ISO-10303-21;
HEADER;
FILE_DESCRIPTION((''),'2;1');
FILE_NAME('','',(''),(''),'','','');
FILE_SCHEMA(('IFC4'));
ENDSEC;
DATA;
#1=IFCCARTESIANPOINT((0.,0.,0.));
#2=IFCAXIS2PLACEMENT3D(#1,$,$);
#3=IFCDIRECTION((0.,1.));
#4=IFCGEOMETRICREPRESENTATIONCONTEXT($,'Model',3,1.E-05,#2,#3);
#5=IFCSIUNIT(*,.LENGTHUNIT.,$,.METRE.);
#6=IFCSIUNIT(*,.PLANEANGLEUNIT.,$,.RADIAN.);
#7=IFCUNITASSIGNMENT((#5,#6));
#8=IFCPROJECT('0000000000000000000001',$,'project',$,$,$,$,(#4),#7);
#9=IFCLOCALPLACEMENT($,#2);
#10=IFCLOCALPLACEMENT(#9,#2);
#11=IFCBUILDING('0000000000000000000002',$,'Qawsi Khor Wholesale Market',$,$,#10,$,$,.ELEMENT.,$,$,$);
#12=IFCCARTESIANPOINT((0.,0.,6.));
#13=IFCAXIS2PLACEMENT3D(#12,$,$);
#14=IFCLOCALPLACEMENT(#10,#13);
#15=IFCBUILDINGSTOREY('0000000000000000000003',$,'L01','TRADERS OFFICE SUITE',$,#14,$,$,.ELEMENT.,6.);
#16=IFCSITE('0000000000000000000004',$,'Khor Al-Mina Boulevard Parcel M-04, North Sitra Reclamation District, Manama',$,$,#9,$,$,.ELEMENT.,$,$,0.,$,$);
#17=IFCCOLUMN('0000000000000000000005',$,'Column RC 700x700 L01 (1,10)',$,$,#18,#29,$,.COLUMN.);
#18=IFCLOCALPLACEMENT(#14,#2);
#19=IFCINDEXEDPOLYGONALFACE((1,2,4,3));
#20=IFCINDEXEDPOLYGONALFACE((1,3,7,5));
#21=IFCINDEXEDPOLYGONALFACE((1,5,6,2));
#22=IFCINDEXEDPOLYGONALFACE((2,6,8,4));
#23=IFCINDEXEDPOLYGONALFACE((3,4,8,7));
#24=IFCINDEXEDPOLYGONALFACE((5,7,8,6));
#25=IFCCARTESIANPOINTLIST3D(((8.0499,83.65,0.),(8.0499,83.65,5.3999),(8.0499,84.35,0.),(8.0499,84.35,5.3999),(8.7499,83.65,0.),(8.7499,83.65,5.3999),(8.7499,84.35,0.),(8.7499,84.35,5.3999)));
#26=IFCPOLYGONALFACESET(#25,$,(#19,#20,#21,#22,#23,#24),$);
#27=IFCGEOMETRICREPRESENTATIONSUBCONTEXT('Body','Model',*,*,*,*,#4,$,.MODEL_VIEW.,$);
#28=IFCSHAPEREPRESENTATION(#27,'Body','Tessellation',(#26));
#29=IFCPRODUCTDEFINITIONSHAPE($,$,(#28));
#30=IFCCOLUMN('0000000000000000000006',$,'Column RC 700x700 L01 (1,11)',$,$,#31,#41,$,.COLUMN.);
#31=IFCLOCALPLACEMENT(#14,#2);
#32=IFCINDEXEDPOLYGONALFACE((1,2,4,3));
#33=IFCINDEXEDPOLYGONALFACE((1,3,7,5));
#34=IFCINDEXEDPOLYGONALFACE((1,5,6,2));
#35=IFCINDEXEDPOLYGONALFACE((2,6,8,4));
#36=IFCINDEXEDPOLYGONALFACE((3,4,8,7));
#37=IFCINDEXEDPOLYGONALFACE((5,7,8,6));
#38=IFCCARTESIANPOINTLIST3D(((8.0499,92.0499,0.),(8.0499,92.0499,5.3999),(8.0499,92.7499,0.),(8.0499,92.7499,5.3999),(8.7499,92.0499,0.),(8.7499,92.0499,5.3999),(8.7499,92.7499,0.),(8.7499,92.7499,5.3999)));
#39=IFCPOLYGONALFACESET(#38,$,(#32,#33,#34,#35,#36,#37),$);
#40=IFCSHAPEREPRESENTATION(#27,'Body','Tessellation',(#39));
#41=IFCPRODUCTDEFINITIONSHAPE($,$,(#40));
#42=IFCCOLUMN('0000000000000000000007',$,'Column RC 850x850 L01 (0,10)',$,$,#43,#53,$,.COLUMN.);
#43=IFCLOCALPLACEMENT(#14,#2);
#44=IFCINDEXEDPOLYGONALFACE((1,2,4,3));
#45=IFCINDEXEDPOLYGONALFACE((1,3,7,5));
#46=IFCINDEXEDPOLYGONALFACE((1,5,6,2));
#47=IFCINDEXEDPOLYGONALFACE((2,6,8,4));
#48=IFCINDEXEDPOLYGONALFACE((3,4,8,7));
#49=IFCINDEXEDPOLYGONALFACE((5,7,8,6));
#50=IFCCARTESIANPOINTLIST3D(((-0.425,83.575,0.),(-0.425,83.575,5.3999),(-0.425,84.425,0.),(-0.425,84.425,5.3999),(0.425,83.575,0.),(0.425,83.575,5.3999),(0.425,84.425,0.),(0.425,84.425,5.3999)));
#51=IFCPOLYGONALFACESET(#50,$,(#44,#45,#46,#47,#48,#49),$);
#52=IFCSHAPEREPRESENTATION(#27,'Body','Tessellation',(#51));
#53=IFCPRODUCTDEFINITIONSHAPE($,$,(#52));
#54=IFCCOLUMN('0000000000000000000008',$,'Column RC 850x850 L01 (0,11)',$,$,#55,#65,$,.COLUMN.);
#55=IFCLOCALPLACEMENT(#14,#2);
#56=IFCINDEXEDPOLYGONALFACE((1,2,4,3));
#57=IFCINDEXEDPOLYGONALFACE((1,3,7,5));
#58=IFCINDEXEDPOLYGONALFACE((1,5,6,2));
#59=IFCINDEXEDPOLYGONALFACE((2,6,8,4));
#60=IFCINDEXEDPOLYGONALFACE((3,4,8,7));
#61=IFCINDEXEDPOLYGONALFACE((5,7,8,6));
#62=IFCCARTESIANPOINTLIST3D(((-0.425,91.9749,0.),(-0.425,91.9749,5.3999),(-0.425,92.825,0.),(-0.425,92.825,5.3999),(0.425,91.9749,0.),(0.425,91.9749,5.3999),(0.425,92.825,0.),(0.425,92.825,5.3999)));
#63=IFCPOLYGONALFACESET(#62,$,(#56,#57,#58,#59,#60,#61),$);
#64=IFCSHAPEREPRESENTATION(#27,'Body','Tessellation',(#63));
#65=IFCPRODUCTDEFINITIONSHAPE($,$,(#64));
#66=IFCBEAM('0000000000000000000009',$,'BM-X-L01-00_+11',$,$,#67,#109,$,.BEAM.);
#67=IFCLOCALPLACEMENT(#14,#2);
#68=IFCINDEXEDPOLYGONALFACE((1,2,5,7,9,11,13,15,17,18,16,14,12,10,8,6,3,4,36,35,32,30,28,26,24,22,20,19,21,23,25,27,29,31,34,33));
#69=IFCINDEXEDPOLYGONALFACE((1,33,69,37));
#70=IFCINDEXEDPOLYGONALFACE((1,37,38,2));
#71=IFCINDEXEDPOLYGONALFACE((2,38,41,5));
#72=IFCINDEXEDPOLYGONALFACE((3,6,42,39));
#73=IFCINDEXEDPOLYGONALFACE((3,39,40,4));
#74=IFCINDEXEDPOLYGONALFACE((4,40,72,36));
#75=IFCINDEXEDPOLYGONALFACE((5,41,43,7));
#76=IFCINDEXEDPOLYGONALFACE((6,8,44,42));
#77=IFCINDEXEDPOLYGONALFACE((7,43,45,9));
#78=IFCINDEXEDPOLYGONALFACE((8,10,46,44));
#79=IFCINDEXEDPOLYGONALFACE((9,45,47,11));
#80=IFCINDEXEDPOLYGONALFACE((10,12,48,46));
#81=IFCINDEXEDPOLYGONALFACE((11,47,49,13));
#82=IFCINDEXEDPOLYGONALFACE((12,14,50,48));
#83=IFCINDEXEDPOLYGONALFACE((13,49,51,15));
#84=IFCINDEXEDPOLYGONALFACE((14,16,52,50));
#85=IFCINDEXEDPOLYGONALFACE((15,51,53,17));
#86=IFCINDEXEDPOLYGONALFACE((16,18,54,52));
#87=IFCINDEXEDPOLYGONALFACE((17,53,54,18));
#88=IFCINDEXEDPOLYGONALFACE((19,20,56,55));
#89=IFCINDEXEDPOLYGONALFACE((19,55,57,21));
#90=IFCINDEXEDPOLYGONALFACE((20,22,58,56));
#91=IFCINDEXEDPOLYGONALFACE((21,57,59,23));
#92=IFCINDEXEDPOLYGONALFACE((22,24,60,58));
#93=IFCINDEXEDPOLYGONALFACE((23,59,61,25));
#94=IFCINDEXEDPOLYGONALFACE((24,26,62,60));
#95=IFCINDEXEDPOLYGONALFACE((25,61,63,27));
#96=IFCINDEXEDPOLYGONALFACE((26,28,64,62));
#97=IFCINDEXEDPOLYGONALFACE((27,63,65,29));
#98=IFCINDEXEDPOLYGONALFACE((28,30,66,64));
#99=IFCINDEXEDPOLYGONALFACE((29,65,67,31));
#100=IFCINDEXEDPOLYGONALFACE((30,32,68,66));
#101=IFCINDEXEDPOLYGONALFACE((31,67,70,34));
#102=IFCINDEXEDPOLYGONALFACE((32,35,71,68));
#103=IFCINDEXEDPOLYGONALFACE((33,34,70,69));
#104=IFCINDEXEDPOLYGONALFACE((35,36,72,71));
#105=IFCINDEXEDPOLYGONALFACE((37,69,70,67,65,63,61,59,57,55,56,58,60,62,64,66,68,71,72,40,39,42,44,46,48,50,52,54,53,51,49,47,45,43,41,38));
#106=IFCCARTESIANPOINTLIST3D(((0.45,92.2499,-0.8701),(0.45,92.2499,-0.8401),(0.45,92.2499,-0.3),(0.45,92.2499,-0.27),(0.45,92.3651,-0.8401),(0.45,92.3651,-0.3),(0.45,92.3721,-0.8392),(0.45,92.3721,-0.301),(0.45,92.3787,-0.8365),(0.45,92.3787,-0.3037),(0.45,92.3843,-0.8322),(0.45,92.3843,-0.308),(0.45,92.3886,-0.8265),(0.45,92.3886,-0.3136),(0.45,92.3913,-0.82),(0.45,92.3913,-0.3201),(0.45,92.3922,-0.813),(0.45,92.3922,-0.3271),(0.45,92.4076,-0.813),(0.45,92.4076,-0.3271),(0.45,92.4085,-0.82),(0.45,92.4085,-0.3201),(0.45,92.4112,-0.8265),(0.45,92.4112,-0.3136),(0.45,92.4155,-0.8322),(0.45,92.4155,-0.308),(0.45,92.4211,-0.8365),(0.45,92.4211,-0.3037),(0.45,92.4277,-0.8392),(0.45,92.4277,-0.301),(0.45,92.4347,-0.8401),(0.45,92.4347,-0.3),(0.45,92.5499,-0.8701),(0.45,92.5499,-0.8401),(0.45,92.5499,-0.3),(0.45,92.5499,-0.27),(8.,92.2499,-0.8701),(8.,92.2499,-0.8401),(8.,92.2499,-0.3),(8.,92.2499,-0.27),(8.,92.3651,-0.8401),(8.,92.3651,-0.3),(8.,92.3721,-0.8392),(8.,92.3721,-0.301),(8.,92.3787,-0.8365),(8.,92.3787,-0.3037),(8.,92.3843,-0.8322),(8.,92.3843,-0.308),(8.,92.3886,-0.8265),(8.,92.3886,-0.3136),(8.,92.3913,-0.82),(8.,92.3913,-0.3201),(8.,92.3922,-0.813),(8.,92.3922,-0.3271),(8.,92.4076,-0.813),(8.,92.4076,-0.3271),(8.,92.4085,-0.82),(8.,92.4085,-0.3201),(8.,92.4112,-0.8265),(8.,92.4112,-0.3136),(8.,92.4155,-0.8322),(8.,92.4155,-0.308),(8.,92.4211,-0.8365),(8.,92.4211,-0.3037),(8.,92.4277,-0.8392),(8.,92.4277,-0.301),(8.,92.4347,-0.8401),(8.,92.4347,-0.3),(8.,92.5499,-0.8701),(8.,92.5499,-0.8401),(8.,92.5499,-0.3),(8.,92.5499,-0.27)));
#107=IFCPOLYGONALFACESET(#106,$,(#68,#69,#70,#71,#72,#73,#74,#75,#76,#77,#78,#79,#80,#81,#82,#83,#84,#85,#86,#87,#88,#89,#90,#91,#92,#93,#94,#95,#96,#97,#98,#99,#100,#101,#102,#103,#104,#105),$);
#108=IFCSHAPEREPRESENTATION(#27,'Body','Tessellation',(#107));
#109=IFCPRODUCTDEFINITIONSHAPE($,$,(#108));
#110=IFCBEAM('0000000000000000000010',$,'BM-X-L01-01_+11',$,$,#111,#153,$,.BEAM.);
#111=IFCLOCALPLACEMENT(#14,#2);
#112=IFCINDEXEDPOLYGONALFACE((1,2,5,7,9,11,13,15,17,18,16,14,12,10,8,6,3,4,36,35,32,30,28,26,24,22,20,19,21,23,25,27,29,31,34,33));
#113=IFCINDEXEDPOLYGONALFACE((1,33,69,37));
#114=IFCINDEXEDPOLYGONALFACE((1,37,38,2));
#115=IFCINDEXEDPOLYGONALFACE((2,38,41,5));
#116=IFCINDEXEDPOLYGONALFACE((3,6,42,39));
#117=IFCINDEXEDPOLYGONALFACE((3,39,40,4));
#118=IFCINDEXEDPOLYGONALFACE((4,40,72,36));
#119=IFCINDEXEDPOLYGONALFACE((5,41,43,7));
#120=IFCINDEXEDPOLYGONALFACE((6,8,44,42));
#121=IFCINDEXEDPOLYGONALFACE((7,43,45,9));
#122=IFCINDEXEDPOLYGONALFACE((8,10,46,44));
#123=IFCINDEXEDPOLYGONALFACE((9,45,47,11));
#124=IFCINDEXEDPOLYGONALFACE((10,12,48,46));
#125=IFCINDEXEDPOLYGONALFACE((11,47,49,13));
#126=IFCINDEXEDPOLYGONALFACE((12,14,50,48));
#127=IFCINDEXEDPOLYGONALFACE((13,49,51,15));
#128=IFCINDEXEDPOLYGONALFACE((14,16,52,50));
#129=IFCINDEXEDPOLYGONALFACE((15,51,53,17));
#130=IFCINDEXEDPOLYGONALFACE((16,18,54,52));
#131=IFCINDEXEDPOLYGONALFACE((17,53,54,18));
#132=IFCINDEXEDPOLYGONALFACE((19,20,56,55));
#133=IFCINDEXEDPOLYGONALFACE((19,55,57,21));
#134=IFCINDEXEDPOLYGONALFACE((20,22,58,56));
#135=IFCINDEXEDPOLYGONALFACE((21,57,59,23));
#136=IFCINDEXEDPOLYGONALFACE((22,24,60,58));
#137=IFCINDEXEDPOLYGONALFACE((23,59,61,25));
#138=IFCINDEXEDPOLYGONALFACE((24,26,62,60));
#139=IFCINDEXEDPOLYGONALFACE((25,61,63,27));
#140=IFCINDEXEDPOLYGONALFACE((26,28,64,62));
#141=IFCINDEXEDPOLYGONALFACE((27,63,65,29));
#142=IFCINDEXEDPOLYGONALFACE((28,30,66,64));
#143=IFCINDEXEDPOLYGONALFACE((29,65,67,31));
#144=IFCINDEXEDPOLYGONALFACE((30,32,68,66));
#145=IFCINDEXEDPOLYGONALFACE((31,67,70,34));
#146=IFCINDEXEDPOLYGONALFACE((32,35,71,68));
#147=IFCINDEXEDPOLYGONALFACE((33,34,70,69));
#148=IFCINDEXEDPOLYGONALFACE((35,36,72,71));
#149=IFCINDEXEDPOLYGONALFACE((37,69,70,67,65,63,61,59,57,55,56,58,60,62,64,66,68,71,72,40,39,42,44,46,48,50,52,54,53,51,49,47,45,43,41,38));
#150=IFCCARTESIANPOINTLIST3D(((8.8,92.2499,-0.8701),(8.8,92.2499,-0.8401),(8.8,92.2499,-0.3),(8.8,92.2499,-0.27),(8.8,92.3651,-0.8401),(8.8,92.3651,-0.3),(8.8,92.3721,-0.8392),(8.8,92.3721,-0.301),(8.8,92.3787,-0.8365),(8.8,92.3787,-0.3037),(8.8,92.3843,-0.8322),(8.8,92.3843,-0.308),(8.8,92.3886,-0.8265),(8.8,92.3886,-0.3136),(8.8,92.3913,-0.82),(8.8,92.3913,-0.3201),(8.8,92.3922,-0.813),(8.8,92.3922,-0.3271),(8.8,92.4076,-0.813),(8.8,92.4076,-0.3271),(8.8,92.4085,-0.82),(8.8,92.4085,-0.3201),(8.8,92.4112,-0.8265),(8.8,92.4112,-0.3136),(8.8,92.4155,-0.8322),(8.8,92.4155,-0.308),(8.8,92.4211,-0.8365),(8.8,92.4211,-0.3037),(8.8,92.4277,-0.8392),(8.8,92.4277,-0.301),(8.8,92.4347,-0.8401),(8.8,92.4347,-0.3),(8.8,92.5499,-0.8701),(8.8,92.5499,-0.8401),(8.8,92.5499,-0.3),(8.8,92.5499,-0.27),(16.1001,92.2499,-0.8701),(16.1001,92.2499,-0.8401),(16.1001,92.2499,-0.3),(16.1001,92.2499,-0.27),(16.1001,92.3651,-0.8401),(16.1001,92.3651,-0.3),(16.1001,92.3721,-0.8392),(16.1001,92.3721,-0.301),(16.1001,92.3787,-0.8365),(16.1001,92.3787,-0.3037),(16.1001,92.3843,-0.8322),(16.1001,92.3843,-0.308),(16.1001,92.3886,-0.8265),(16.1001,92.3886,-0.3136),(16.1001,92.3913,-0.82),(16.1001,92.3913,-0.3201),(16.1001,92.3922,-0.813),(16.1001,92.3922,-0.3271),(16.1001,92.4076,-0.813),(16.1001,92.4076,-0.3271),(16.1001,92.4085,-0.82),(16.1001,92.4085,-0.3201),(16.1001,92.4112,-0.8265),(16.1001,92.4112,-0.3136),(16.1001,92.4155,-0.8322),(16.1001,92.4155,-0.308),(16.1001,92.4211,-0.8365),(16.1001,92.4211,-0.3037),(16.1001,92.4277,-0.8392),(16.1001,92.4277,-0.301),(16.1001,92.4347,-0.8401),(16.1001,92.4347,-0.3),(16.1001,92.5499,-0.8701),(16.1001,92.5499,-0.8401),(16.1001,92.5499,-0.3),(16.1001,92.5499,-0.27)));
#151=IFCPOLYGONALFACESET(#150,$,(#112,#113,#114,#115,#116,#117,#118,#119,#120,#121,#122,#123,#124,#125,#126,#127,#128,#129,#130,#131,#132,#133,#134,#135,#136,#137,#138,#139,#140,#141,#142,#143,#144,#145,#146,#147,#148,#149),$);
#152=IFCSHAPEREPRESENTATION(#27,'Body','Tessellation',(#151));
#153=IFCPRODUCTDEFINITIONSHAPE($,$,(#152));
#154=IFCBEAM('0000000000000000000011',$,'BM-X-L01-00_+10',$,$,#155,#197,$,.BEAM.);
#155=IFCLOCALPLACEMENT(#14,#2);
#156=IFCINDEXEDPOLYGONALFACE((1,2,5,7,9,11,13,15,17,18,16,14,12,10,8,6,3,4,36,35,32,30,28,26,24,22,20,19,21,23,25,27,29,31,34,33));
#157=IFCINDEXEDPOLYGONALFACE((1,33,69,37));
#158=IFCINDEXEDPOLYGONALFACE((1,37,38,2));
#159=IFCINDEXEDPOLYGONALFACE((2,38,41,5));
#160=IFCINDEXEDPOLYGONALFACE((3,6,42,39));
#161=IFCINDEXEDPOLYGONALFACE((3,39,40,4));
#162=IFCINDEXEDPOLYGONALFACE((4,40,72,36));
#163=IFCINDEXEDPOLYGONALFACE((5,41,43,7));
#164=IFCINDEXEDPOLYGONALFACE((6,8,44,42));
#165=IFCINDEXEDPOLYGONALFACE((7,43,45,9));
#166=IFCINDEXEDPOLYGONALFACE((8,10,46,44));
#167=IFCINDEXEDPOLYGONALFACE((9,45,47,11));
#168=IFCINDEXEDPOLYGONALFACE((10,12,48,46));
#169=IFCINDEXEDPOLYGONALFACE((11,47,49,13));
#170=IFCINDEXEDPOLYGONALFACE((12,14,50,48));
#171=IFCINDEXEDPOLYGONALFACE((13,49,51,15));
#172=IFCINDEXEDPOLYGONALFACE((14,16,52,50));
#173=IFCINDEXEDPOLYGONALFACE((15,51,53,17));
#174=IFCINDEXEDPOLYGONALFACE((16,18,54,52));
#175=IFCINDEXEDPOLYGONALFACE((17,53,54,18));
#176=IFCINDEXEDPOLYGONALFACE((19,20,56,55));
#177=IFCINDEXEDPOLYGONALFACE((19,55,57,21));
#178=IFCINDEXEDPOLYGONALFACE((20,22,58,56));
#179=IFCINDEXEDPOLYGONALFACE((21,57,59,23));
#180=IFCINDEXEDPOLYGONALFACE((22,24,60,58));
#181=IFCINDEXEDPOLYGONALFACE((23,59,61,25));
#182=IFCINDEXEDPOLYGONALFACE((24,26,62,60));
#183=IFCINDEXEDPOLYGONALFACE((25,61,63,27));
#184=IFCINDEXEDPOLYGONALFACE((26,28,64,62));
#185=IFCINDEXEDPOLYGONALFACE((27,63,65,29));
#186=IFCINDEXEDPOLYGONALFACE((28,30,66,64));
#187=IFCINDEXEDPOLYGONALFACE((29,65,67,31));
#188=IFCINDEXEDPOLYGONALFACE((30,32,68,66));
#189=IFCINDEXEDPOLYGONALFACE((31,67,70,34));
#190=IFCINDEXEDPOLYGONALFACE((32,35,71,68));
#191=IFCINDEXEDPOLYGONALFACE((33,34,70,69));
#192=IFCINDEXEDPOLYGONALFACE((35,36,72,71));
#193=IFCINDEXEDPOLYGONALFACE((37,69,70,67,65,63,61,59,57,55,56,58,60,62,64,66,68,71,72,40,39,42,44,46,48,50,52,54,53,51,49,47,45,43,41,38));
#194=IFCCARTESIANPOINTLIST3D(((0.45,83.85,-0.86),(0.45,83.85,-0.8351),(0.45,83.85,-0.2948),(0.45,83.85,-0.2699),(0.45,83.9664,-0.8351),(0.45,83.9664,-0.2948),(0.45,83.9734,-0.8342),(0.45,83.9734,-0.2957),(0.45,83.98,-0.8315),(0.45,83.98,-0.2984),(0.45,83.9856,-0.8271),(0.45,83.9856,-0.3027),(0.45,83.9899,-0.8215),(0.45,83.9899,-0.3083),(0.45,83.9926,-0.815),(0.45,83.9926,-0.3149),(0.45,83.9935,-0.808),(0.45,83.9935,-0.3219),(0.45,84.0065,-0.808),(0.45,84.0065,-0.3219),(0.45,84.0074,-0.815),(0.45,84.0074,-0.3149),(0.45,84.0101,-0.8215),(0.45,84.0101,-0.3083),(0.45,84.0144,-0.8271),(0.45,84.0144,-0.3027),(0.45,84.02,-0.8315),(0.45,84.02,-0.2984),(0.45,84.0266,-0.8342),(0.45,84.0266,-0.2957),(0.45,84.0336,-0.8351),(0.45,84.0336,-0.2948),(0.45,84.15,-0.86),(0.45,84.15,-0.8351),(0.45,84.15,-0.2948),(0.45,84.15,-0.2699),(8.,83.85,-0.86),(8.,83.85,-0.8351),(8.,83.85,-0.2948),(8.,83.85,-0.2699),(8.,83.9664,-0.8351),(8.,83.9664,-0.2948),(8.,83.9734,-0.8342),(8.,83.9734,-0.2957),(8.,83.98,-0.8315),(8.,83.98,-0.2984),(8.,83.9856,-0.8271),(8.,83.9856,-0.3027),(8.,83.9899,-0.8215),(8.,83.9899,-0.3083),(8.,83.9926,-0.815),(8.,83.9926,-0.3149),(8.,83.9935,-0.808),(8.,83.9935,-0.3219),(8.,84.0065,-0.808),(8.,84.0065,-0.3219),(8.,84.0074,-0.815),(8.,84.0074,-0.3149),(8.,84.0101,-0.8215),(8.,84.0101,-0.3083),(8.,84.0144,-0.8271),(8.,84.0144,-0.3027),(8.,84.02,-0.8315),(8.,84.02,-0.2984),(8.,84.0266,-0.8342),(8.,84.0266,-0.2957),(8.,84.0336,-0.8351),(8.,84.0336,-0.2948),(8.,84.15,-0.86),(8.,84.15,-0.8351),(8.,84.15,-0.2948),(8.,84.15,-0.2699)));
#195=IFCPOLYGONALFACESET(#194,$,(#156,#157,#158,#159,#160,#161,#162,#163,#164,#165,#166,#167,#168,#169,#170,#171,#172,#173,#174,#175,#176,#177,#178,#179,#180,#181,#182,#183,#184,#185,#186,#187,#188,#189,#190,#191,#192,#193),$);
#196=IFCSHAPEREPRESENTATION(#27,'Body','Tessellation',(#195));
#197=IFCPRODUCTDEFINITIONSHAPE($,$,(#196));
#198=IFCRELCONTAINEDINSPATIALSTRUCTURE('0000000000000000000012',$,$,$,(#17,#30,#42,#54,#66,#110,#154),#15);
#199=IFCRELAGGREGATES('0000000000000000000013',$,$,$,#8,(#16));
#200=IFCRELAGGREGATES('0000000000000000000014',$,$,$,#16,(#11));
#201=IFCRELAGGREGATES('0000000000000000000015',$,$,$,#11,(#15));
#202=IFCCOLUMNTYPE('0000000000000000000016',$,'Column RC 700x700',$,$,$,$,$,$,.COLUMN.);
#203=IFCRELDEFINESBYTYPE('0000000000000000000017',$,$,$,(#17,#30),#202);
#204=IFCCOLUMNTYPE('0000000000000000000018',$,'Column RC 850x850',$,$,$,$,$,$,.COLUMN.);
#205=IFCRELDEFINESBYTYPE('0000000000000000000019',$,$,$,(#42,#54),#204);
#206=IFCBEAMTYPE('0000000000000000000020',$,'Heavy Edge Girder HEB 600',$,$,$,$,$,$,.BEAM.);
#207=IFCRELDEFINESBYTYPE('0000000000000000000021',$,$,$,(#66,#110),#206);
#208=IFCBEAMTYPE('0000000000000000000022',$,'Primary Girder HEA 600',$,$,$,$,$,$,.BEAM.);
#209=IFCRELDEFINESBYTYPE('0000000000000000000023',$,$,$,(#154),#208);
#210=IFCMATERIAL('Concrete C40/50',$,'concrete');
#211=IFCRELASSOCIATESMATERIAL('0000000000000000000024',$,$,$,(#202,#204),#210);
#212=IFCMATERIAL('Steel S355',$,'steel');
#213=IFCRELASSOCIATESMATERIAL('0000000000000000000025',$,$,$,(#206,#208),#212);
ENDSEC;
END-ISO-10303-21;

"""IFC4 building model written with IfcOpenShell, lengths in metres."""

from ifc_helpers import new_model, si_unit, direction, frame, origin, origin_2d, place, context, subcontext, project, spatial, rectangle, i_section, extrude, material, material_profile, profile_set, type_object, element, save


model = new_model("IFC4")

# Units and contexts
model_context = context("Model", 3, precision=1e-05, world=origin(), true_north=direction((0.0, 1.0)))
body_context = subcontext(model_context, "Body", "Model", "MODEL_VIEW")
ifc_project = project(units=[si_unit("LENGTHUNIT", "METRE"), si_unit("PLANEANGLEUNIT", "RADIAN")], contexts=[model_context])

# Site, building, storey
site_placement = place(None, origin())
site = spatial("IfcSite", under=ifc_project, at=site_placement, Name="Khor Al-Mina Boulevard Parcel M-04, North Sitra Reclamation District, Manama", CompositionType="ELEMENT", RefElevation=0.0)
building_placement = place(site_placement, origin())
building = spatial("IfcBuilding", under=site, at=building_placement, Name="Qawsi Khor Wholesale Market", CompositionType="ELEMENT")
storey_placement = place(building_placement, frame((0.0, 0.0, 6.0)))
storey = spatial("IfcBuildingStorey", under=building, at=storey_placement, Name="L01", Description="TRADERS OFFICE SUITE", CompositionType="ELEMENT", Elevation=6.0)

# Columns
ifc_material_1 = material(Name="Concrete C40/50", Category="concrete")
ifc_material_profile_1 = material_profile(ifc_material_1, rectangle(XDim=0.7, YDim=0.7, at=origin_2d()), Name="RC 700x700")
ifc_profile_set_1 = profile_set([ifc_material_profile_1], Name="Concrete C40/50")
column_type_1 = type_object("IfcColumnType", Name="Column RC 700x700", PredefinedType="COLUMN", material=ifc_profile_set_1)
for number, where, z_axis, x_axis, name in (
    (1, (8.3999, 84.0, 0.0), (0.0, 0.0, 1.0), (1.0, 0.0, 0.0), "Column RC 700x700 L01 (1,10)"),
    (2, (8.3999, 92.3999, 0.0), (0.0, 0.0, 1.0), (1.0, 0.0, 0.0), "Column RC 700x700 L01 (1,11)"),
):
    element("IfcColumn", number, at=place(storey_placement, frame(where, z_axis=z_axis, x_axis=x_axis)), inside=storey, type_object=column_type_1, Name=name, PredefinedType="COLUMN", context=body_context, shape_type="SweptSolid", body=[
        extrude(rectangle(XDim=0.7, YDim=0.7, at=origin_2d()), origin(), (0.0, 0.0, 1.0), 5.3999),
    ])
ifc_material_profile_2 = material_profile(ifc_material_1, rectangle(XDim=0.8501, YDim=0.8501, at=origin_2d()), Name="RC 850x850")
ifc_profile_set_2 = profile_set([ifc_material_profile_2], Name="Concrete C40/50")
column_type_2 = type_object("IfcColumnType", Name="Column RC 850x850", PredefinedType="COLUMN", material=ifc_profile_set_2)
for number, where, z_axis, x_axis, name in (
    (3, (0.0, 84.0, 0.0), (0.0, 0.0, 1.0), (1.0, 0.0, 0.0), "Column RC 850x850 L01 (0,10)"),
    (4, (0.0, 92.3999, 0.0), (0.0, 0.0, 1.0), (1.0, 0.0, 0.0), "Column RC 850x850 L01 (0,11)"),
):
    element("IfcColumn", number, at=place(storey_placement, frame(where, z_axis=z_axis, x_axis=x_axis)), inside=storey, type_object=column_type_2, Name=name, PredefinedType="COLUMN", context=body_context, shape_type="SweptSolid", body=[
        extrude(rectangle(XDim=0.8501, YDim=0.8501, at=origin_2d()), origin(), (0.0, 0.0, 1.0), 5.3999),
    ])

# Beams
ifc_material_2 = material(Name="Steel S355", Category="steel")
ifc_material_profile_3 = material_profile(ifc_material_2, i_section(OverallWidth=0.3, OverallDepth=0.6001, WebThickness=0.0154, FlangeThickness=0.03, FilletRadius=0.0271, at=origin_2d()), Name="HEB 600")
ifc_profile_set_3 = profile_set([ifc_material_profile_3], Name="Steel S355")
beam_type_1 = type_object("IfcBeamType", Name="Heavy Edge Girder HEB 600", PredefinedType="BEAM", material=ifc_profile_set_3)
beam_1_placement = place(storey_placement, frame((0.45, 92.3999, -0.5701), z_axis=(1.0, 0.0, 0.0), x_axis=(0.0, 1.0, 0.0)))
element("IfcBeam", 5, at=beam_1_placement, inside=storey, type_object=beam_type_1, Name="BM-X-L01-00_+11", PredefinedType="BEAM", context=body_context, shape_type="SweptSolid", body=[
    extrude(i_section(OverallWidth=0.3, OverallDepth=0.6001, WebThickness=0.0154, FlangeThickness=0.03, FilletRadius=0.0271, at=origin_2d()), origin(), (0.0, 0.0, 1.0), 7.55),
])
beam_2_placement = place(storey_placement, frame((8.8, 92.3999, -0.5701), z_axis=(1.0, 0.0, 0.0), x_axis=(0.0, 1.0, 0.0)))
element("IfcBeam", 6, at=beam_2_placement, inside=storey, type_object=beam_type_1, Name="BM-X-L01-01_+11", PredefinedType="BEAM", context=body_context, shape_type="SweptSolid", body=[
    extrude(i_section(OverallWidth=0.3, OverallDepth=0.6001, WebThickness=0.0154, FlangeThickness=0.03, FilletRadius=0.0271, at=origin_2d()), origin(), (0.0, 0.0, 1.0), 7.3),
])
ifc_material_profile_4 = material_profile(ifc_material_2, i_section(OverallWidth=0.3, OverallDepth=0.5901, WebThickness=0.0129, FlangeThickness=0.0249, FilletRadius=0.0271, at=origin_2d()), Name="HEA 600")
ifc_profile_set_4 = profile_set([ifc_material_profile_4], Name="Steel S355")
beam_type_2 = type_object("IfcBeamType", Name="Primary Girder HEA 600", PredefinedType="BEAM", material=ifc_profile_set_4)
beam_3_placement = place(storey_placement, frame((0.45, 84.0, -0.5649), z_axis=(1.0, 0.0, 0.0), x_axis=(0.0, 1.0, 0.0)))
element("IfcBeam", 7, at=beam_3_placement, inside=storey, type_object=beam_type_2, Name="BM-X-L01-00_+10", PredefinedType="BEAM", context=body_context, shape_type="SweptSolid", body=[
    extrude(i_section(OverallWidth=0.3, OverallDepth=0.5901, WebThickness=0.0129, FlangeThickness=0.0249, FilletRadius=0.0271, at=origin_2d()), origin(), (0.0, 0.0, 1.0), 7.55),
])

save(model, "model.ifc")
